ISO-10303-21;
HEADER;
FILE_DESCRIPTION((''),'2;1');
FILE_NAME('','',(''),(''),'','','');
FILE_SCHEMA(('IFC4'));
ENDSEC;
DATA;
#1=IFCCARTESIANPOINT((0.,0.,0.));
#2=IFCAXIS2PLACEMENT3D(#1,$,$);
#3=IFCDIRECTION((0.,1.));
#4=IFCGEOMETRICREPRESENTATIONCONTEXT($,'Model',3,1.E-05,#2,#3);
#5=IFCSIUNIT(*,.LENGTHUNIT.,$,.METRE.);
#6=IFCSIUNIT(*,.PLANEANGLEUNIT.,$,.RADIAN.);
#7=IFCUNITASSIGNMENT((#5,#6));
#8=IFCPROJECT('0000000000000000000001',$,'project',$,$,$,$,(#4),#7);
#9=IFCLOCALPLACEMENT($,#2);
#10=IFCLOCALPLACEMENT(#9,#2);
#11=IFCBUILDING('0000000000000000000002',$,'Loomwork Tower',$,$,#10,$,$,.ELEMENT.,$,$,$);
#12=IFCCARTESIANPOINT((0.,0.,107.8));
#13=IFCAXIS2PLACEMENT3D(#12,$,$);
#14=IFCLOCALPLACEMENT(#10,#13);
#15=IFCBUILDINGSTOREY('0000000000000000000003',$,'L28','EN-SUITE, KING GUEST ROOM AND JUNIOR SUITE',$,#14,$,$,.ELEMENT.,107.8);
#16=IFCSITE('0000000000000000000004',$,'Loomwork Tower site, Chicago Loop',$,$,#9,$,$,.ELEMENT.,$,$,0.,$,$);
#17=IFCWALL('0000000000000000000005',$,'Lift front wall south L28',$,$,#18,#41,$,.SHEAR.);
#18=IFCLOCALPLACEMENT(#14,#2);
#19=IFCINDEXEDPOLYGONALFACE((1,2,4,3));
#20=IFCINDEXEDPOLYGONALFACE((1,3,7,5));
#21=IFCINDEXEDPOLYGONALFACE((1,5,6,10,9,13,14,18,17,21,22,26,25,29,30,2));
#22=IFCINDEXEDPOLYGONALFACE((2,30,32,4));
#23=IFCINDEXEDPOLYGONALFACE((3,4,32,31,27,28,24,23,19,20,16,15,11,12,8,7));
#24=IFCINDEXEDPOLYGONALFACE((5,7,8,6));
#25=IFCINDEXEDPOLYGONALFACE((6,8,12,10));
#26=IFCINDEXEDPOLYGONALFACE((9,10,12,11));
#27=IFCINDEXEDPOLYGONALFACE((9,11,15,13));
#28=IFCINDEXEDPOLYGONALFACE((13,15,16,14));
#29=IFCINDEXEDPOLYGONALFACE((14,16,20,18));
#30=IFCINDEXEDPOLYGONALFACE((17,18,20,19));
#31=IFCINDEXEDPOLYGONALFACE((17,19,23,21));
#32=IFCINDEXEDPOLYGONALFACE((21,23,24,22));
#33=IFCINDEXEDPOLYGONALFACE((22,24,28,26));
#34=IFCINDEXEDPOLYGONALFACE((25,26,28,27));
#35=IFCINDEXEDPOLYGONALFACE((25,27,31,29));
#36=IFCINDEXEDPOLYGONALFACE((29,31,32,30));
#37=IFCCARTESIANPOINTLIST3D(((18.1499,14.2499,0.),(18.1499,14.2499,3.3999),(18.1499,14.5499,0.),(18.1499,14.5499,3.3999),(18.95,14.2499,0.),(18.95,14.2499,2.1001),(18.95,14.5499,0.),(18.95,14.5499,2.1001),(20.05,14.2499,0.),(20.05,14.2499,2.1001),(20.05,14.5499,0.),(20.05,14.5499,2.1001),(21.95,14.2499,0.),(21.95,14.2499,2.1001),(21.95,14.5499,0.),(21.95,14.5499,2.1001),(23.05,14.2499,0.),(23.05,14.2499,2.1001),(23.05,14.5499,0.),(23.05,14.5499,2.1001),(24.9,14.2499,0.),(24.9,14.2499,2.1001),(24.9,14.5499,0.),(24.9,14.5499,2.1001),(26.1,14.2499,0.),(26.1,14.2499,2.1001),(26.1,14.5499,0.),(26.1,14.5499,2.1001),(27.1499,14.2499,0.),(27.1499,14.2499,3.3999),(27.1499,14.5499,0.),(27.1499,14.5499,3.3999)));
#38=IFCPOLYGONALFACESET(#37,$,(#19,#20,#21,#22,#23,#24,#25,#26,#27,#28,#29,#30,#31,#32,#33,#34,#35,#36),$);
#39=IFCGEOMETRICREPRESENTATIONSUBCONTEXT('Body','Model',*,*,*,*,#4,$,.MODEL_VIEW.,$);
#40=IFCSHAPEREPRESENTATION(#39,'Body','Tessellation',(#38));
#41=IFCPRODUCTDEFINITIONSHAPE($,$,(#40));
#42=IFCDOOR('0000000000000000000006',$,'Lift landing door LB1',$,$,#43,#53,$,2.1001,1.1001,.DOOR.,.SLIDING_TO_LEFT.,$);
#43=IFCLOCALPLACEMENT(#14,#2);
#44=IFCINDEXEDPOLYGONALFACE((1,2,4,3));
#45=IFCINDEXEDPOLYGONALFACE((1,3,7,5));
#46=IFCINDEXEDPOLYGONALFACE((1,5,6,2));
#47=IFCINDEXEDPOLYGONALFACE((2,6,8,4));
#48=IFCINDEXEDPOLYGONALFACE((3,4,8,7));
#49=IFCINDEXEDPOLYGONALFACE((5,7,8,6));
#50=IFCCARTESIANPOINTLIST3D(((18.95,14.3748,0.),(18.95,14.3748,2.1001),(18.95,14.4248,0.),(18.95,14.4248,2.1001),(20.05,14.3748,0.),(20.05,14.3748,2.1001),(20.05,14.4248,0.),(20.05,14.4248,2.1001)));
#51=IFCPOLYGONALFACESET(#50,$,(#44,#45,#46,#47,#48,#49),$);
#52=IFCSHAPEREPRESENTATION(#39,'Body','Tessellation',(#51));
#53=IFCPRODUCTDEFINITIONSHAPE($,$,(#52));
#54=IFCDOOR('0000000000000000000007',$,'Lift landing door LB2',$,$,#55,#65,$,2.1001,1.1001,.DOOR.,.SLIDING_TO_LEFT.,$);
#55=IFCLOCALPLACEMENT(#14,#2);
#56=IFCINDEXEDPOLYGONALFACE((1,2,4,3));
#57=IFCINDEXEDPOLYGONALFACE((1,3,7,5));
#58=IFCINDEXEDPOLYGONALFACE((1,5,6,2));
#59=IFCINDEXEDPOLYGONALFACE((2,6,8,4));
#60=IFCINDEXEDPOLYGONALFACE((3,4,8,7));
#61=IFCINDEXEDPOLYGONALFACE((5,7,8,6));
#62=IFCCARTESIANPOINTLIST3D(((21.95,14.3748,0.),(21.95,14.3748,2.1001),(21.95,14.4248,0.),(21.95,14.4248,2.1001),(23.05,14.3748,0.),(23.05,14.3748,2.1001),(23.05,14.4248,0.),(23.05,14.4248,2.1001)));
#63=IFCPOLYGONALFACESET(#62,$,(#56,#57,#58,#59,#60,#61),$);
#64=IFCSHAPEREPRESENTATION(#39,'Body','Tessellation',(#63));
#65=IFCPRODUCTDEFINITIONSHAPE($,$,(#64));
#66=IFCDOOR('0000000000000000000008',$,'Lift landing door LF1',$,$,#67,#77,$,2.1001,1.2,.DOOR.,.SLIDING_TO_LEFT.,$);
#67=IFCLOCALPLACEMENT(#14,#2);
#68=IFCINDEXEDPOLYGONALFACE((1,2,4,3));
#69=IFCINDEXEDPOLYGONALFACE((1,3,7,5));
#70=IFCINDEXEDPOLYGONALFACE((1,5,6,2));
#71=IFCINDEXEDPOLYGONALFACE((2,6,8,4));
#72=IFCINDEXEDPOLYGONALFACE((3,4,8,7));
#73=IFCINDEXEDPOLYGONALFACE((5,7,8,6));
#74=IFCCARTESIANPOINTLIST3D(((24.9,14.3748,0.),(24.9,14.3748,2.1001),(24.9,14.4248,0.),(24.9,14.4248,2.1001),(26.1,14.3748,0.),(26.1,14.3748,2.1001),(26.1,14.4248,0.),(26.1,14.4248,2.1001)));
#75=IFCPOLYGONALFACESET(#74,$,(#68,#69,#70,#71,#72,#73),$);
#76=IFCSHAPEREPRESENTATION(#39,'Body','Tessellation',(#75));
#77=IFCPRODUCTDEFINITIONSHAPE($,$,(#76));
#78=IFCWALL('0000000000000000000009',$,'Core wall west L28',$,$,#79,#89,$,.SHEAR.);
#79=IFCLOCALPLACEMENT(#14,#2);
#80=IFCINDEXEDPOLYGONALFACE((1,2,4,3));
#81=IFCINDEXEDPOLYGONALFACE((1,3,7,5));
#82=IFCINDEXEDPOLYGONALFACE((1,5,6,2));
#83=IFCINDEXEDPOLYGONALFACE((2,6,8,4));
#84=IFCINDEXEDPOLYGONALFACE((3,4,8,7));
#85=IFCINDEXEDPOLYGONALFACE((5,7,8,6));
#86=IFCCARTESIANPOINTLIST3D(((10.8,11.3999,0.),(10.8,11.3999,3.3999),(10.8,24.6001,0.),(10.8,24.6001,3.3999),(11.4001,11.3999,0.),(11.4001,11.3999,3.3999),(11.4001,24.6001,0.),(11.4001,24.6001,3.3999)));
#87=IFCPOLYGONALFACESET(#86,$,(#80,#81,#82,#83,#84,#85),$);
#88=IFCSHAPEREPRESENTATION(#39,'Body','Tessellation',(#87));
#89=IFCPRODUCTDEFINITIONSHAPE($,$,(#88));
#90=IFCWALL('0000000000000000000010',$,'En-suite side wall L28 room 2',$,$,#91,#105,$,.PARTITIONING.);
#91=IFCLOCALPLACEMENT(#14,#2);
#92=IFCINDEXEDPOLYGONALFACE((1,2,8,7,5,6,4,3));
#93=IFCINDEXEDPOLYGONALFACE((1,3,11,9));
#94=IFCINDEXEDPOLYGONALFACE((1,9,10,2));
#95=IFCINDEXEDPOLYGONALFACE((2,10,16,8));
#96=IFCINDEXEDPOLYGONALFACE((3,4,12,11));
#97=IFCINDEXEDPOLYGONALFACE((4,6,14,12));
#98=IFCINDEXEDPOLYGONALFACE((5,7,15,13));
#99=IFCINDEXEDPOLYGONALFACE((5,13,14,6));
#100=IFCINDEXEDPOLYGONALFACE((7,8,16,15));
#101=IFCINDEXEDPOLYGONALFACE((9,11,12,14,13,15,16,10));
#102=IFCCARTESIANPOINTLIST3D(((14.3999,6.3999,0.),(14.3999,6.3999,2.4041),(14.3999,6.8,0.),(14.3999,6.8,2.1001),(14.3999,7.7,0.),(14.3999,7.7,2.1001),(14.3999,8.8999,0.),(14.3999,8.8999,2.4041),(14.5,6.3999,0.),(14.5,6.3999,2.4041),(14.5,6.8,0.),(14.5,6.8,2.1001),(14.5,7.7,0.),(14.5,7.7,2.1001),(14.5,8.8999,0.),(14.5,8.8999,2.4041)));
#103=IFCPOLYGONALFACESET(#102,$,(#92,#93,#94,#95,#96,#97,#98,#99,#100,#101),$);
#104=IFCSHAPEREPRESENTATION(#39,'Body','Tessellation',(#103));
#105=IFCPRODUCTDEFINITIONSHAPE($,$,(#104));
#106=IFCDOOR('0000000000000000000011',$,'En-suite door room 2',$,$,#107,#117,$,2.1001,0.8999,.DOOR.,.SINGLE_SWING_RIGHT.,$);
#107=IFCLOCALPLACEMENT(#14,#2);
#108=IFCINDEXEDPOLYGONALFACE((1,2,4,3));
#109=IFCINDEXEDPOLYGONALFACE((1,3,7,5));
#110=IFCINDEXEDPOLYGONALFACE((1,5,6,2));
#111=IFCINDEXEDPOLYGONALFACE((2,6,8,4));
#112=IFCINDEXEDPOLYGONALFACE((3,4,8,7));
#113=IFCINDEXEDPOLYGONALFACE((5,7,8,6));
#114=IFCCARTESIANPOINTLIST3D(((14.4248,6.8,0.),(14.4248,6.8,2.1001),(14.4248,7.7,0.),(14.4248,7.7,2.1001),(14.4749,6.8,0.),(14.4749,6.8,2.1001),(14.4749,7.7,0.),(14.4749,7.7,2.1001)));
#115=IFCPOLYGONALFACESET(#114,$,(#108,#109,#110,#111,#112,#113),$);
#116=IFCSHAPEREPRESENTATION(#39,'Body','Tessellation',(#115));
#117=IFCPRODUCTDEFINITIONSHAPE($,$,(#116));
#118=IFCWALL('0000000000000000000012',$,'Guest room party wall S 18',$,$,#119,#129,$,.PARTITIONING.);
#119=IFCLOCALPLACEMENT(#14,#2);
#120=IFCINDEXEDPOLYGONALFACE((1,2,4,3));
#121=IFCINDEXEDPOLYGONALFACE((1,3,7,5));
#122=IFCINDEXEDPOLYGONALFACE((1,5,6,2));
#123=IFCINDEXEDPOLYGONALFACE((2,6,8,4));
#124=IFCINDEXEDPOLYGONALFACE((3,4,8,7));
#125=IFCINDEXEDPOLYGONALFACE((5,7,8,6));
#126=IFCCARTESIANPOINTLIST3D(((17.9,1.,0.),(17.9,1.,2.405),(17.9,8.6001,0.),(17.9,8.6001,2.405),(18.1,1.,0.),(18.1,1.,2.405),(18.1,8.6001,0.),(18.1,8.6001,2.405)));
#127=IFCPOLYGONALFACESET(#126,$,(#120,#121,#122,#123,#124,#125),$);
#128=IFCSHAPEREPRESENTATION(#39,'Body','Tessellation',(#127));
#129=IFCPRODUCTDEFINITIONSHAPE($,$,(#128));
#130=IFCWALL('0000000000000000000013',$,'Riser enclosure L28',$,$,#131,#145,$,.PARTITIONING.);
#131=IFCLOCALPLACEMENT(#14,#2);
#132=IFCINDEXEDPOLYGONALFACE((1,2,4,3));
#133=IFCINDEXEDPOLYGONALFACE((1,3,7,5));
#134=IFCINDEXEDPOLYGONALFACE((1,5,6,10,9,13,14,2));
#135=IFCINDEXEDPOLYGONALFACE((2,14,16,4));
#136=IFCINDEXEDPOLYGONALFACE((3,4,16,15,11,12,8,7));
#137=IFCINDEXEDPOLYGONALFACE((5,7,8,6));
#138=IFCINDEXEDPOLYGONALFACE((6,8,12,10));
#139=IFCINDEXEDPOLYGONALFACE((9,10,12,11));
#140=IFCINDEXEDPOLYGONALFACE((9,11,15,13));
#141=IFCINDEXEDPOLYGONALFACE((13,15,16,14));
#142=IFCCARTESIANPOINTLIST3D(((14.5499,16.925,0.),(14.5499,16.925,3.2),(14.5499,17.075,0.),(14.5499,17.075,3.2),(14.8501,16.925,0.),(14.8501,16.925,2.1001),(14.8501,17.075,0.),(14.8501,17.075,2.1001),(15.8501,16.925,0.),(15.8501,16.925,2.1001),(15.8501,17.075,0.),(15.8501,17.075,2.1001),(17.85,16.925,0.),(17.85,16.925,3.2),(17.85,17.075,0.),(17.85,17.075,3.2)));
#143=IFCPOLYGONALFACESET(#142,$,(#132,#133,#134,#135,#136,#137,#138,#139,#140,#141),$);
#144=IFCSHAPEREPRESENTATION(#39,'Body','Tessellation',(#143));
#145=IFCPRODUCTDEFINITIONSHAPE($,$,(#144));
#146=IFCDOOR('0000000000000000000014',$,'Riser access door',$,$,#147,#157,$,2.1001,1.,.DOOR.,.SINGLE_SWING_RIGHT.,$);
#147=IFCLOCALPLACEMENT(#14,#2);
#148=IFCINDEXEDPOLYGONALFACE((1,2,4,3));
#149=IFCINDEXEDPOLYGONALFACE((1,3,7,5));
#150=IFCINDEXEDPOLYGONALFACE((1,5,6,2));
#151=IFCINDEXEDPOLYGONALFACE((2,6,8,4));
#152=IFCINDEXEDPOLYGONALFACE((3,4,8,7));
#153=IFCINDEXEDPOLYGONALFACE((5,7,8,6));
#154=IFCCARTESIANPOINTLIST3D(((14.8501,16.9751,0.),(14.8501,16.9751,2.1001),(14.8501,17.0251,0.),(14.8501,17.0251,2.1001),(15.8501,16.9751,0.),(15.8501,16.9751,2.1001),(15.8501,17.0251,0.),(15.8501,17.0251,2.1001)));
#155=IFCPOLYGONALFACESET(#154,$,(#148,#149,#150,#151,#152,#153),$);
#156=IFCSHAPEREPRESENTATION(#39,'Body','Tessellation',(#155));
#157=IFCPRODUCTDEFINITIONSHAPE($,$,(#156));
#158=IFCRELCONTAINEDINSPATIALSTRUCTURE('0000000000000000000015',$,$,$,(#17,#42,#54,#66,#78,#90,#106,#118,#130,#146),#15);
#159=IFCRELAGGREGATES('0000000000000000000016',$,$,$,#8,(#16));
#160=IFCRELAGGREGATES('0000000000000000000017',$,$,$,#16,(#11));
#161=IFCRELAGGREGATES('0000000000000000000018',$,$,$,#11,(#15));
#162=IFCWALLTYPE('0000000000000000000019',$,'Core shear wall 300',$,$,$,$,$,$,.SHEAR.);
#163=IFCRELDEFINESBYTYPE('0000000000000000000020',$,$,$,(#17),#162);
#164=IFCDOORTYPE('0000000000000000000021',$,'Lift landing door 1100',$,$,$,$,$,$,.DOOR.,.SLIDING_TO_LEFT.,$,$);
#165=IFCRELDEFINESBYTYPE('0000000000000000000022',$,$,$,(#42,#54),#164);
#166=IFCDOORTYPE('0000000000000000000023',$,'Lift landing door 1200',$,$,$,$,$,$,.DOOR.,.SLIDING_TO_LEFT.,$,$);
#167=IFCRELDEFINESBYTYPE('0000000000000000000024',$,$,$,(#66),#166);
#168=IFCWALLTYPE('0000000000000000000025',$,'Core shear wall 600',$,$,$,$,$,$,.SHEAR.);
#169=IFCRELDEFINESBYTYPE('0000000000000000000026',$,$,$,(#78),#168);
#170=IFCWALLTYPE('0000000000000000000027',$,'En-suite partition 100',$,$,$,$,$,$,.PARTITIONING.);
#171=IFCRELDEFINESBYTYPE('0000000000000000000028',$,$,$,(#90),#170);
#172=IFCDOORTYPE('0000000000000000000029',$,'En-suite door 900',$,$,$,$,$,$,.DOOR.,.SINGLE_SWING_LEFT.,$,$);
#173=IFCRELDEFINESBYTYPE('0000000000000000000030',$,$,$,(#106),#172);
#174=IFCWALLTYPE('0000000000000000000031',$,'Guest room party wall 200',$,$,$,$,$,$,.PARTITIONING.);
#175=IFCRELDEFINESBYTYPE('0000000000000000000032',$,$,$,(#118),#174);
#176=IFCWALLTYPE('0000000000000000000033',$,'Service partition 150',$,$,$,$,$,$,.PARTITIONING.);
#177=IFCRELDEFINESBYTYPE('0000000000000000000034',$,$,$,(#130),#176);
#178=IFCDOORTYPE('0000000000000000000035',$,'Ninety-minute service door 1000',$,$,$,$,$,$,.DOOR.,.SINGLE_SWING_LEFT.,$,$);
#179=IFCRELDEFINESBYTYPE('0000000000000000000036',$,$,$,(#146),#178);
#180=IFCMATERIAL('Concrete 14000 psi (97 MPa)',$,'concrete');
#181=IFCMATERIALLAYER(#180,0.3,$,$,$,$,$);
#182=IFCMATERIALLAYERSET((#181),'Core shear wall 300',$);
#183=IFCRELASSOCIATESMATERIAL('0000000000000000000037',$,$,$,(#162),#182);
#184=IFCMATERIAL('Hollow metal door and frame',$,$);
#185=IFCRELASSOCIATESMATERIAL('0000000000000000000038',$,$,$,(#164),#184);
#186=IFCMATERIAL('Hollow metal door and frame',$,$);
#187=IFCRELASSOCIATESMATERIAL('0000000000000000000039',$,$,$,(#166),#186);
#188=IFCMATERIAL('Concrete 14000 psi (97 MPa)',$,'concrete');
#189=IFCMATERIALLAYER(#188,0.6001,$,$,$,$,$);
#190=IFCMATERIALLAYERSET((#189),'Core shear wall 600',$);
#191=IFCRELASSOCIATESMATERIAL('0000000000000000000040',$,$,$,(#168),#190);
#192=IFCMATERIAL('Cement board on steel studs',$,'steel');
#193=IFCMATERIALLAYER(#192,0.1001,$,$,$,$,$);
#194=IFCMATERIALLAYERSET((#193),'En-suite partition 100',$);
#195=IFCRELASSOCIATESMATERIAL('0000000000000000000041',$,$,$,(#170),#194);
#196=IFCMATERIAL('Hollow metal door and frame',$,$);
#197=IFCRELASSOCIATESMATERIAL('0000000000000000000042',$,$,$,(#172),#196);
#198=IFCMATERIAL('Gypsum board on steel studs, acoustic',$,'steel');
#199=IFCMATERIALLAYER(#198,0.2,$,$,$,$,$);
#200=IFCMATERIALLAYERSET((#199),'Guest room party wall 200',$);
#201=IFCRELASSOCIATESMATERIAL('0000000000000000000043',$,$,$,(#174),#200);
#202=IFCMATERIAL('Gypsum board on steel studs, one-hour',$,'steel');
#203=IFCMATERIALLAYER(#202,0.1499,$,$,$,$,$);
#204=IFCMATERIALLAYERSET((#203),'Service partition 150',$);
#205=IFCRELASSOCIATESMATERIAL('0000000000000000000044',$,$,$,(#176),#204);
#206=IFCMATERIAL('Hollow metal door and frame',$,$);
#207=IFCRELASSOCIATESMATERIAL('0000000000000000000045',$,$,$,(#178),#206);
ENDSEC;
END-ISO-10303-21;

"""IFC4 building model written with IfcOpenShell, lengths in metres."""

from ifc_helpers import new_model, si_unit, direction, frame, frame_2d, origin, place, context, subcontext, project, spatial, rectangle, extrude, material, layer, layer_set, type_object, element, fill, save


model = new_model("IFC4")

# Units and contexts
model_context = context("Model", 3, precision=1e-05, world=origin(), true_north=direction((0.0, 1.0)))
body_context = subcontext(model_context, "Body", "Model", "MODEL_VIEW")
ifc_project = project(units=[si_unit("LENGTHUNIT", "METRE"), si_unit("PLANEANGLEUNIT", "RADIAN")], contexts=[model_context])

# Site, building, storey
site_placement = place(None, origin())
site = spatial("IfcSite", under=ifc_project, at=site_placement, Name="Loomwork Tower site, Chicago Loop", CompositionType="ELEMENT", RefElevation=0.0)
building_placement = place(site_placement, origin())
building = spatial("IfcBuilding", under=site, at=building_placement, Name="Loomwork Tower", CompositionType="ELEMENT")
storey_placement = place(building_placement, frame((0.0, 0.0, 107.8)))
storey = spatial("IfcBuildingStorey", under=building, at=storey_placement, Name="L28", Description="EN-SUITE, KING GUEST ROOM AND JUNIOR SUITE", CompositionType="ELEMENT", Elevation=107.8)

# Shared definitions
ifc_material_1 = material(Name="Concrete 14000 psi (97 MPa)", Category="concrete")
ifc_layer_1 = layer(ifc_material_1, 0.3)
ifc_layer_set_1 = layer_set([ifc_layer_1], Name="Core shear wall 300")
wall_type_1 = type_object("IfcWallType", Name="Core shear wall 300", PredefinedType="SHEAR", material=ifc_layer_set_1)

# Wall, openings, doors
wall_1_placement = place(storey_placement, frame((18.1499, 14.3999, 0.0), z_axis=(0.0, 0.0, 1.0), x_axis=(1.0, 0.0, 0.0)))
wall_1 = element("IfcWall", 1, at=wall_1_placement, inside=storey, type_object=wall_type_1, Name="Lift front wall south L28", PredefinedType="SHEAR", context=body_context, shape_type="SweptSolid", body=[
    extrude(rectangle(XDim=9.0, YDim=0.3, at=frame_2d((4.5, 0.0))), origin(), (0.0, 0.0, 1.0), 3.3999),
])
opening_1_placement = place(wall_1_placement, frame((0.8, 0.0, 0.0)))
opening_1 = element("IfcOpeningElement", 2, at=opening_1_placement, cuts=wall_1, PredefinedType="OPENING", context=body_context, shape_type="SweptSolid", body=[
    extrude(rectangle(XDim=1.1001, YDim=2.1001, at=frame_2d((0.55, 1.05))), frame((0.0, 0.1599, 0.0), z_axis=(0.0, -1.0, 0.0), x_axis=(1.0, 0.0, 0.0)), (0.0, 0.0, 1.0), 0.3201),
])
opening_2_placement = place(wall_1_placement, frame((3.8, 0.0, 0.0)))
opening_2 = element("IfcOpeningElement", 3, at=opening_2_placement, cuts=wall_1, PredefinedType="OPENING", context=body_context, shape_type="SweptSolid", body=[
    extrude(rectangle(XDim=1.1001, YDim=2.1001, at=frame_2d((0.55, 1.05))), frame((0.0, 0.1599, 0.0), z_axis=(0.0, -1.0, 0.0), x_axis=(1.0, 0.0, 0.0)), (0.0, 0.0, 1.0), 0.3201),
])
opening_3_placement = place(wall_1_placement, frame((6.75, 0.0, 0.0)))
opening_3 = element("IfcOpeningElement", 4, at=opening_3_placement, cuts=wall_1, PredefinedType="OPENING", context=body_context, shape_type="SweptSolid", body=[
    extrude(rectangle(XDim=1.2, YDim=2.1001, at=frame_2d((0.6001, 1.05))), frame((0.0, 0.1599, 0.0), z_axis=(0.0, -1.0, 0.0), x_axis=(1.0, 0.0, 0.0)), (0.0, 0.0, 1.0), 0.3201),
])
ifc_material_2 = material(Name="Hollow metal door and frame")
door_type_1 = type_object("IfcDoorType", Name="Lift landing door 1100", OperationType="SLIDING_TO_LEFT", PredefinedType="DOOR", material=ifc_material_2)
door_1_placement = place(opening_1_placement, origin())
door_1 = element("IfcDoor", 5, at=door_1_placement, inside=storey, type_object=door_type_1, Name="Lift landing door LB1", OperationType="SLIDING_TO_LEFT", OverallHeight=2.1001, OverallWidth=1.1001, PredefinedType="DOOR", context=body_context, shape_type="SweptSolid", body=[
    extrude(rectangle(XDim=1.1001, YDim=2.1001, at=frame_2d((0.55, 1.05))), frame((0.0, 0.0249, 0.0), z_axis=(0.0, -1.0, 0.0), x_axis=(1.0, 0.0, 0.0)), (0.0, 0.0, 1.0), 0.05),
])
fill(opening_1, door_1)
door_2_placement = place(opening_2_placement, origin())
door_2 = element("IfcDoor", 6, at=door_2_placement, inside=storey, type_object=door_type_1, Name="Lift landing door LB2", OperationType="SLIDING_TO_LEFT", OverallHeight=2.1001, OverallWidth=1.1001, PredefinedType="DOOR", context=body_context, shape_type="SweptSolid", body=[
    extrude(rectangle(XDim=1.1001, YDim=2.1001, at=frame_2d((0.55, 1.05))), frame((0.0, 0.0249, 0.0), z_axis=(0.0, -1.0, 0.0), x_axis=(1.0, 0.0, 0.0)), (0.0, 0.0, 1.0), 0.05),
])
fill(opening_2, door_2)
ifc_material_3 = material(Name="Hollow metal door and frame")
door_type_2 = type_object("IfcDoorType", Name="Lift landing door 1200", OperationType="SLIDING_TO_LEFT", PredefinedType="DOOR", material=ifc_material_3)
door_3_placement = place(opening_3_placement, origin())
door_3 = element("IfcDoor", 7, at=door_3_placement, inside=storey, type_object=door_type_2, Name="Lift landing door LF1", OperationType="SLIDING_TO_LEFT", OverallHeight=2.1001, OverallWidth=1.2, PredefinedType="DOOR", context=body_context, shape_type="SweptSolid", body=[
    extrude(rectangle(XDim=1.2, YDim=2.1001, at=frame_2d((0.6001, 1.05))), frame((0.0, 0.0249, 0.0), z_axis=(0.0, -1.0, 0.0), x_axis=(1.0, 0.0, 0.0)), (0.0, 0.0, 1.0), 0.05),
])
fill(opening_3, door_3)

# Wall
ifc_material_4 = material(Name="Concrete 14000 psi (97 MPa)", Category="concrete")
ifc_layer_2 = layer(ifc_material_4, 0.6001)
ifc_layer_set_2 = layer_set([ifc_layer_2], Name="Core shear wall 600")
wall_type_2 = type_object("IfcWallType", Name="Core shear wall 600", PredefinedType="SHEAR", material=ifc_layer_set_2)
wall_2_placement = place(storey_placement, frame((11.1001, 11.3999, 0.0), z_axis=(0.0, 0.0, 1.0), x_axis=(0.0, 1.0, 0.0)))
element("IfcWall", 8, at=wall_2_placement, inside=storey, type_object=wall_type_2, Name="Core wall west L28", PredefinedType="SHEAR", context=body_context, shape_type="SweptSolid", body=[
    extrude(rectangle(XDim=13.2002, YDim=0.6001, at=frame_2d((6.6001, 0.0))), origin(), (0.0, 0.0, 1.0), 3.3999),
])

# Wall, opening, door
ifc_material_5 = material(Name="Cement board on steel studs", Category="steel")
ifc_layer_3 = layer(ifc_material_5, 0.1001)
ifc_layer_set_3 = layer_set([ifc_layer_3], Name="En-suite partition 100")
wall_type_3 = type_object("IfcWallType", Name="En-suite partition 100", PredefinedType="PARTITIONING", material=ifc_layer_set_3)
wall_3_placement = place(storey_placement, frame((14.45, 8.8999, 0.0), z_axis=(0.0, 0.0, 1.0), x_axis=(0.0, -1.0, 0.0)))
wall_3 = element("IfcWall", 9, at=wall_3_placement, inside=storey, type_object=wall_type_3, Name="En-suite side wall L28 room 2", PredefinedType="PARTITIONING", context=body_context, shape_type="SweptSolid", body=[
    extrude(rectangle(XDim=2.5, YDim=0.1001, at=frame_2d((1.25, 0.0))), origin(), (0.0, 0.0, 1.0), 2.4041),
])
opening_4_placement = place(wall_3_placement, frame((1.2, 0.0, 0.0)))
opening_4 = element("IfcOpeningElement", 10, at=opening_4_placement, cuts=wall_3, PredefinedType="OPENING", context=body_context, shape_type="SweptSolid", body=[
    extrude(rectangle(XDim=0.8999, YDim=2.1001, at=frame_2d((0.45, 1.05))), frame((0.0, 0.0601, 0.0), z_axis=(0.0, -1.0, 0.0), x_axis=(1.0, 0.0, 0.0)), (0.0, 0.0, 1.0), 0.1201),
])
ifc_material_6 = material(Name="Hollow metal door and frame")
door_type_3 = type_object("IfcDoorType", Name="En-suite door 900", OperationType="SINGLE_SWING_LEFT", PredefinedType="DOOR", material=ifc_material_6)
door_4_placement = place(opening_4_placement, origin())
door_4 = element("IfcDoor", 11, at=door_4_placement, inside=storey, type_object=door_type_3, Name="En-suite door room 2", OperationType="SINGLE_SWING_RIGHT", OverallHeight=2.1001, OverallWidth=0.8999, PredefinedType="DOOR", context=body_context, shape_type="SweptSolid", body=[
    extrude(rectangle(XDim=0.8999, YDim=2.1001, at=frame_2d((0.45, 1.05))), frame((0.0, 0.0249, 0.0), z_axis=(0.0, -1.0, 0.0), x_axis=(1.0, 0.0, 0.0)), (0.0, 0.0, 1.0), 0.05),
])
fill(opening_4, door_4)

# Wall
ifc_material_7 = material(Name="Gypsum board on steel studs, acoustic", Category="steel")
ifc_layer_4 = layer(ifc_material_7, 0.2)
ifc_layer_set_4 = layer_set([ifc_layer_4], Name="Guest room party wall 200")
wall_type_4 = type_object("IfcWallType", Name="Guest room party wall 200", PredefinedType="PARTITIONING", material=ifc_layer_set_4)
wall_4_placement = place(storey_placement, frame((18.0, 8.6001, 0.0), z_axis=(0.0, 0.0, 1.0), x_axis=(0.0, -1.0, 0.0)))
element("IfcWall", 12, at=wall_4_placement, inside=storey, type_object=wall_type_4, Name="Guest room party wall S 18", PredefinedType="PARTITIONING", context=body_context, shape_type="SweptSolid", body=[
    extrude(rectangle(XDim=7.6001, YDim=0.2, at=frame_2d((3.8, 0.0))), origin(), (0.0, 0.0, 1.0), 2.405),
])

# Wall, opening, door
ifc_material_8 = material(Name="Gypsum board on steel studs, one-hour", Category="steel")
ifc_layer_5 = layer(ifc_material_8, 0.1499)
ifc_layer_set_5 = layer_set([ifc_layer_5], Name="Service partition 150")
wall_type_5 = type_object("IfcWallType", Name="Service partition 150", PredefinedType="PARTITIONING", material=ifc_layer_set_5)
wall_5_placement = place(storey_placement, frame((14.55, 17.0, 0.0), z_axis=(0.0, 0.0, 1.0), x_axis=(1.0, 0.0, 0.0)))
wall_5 = element("IfcWall", 13, at=wall_5_placement, inside=storey, type_object=wall_type_5, Name="Riser enclosure L28", PredefinedType="PARTITIONING", context=body_context, shape_type="SweptSolid", body=[
    extrude(rectangle(XDim=3.3, YDim=0.1499, at=frame_2d((1.6499, 0.0))), origin(), (0.0, 0.0, 1.0), 3.2),
])
opening_5_placement = place(wall_5_placement, frame((0.3, 0.0, 0.0)))
opening_5 = element("IfcOpeningElement", 14, at=opening_5_placement, cuts=wall_5, PredefinedType="OPENING", context=body_context, shape_type="SweptSolid", body=[
    extrude(rectangle(XDim=1.0, YDim=2.1001, at=frame_2d((0.5, 1.05))), frame((0.0, 0.085, 0.0), z_axis=(0.0, -1.0, 0.0), x_axis=(1.0, 0.0, 0.0)), (0.0, 0.0, 1.0), 0.1699),
])
ifc_material_9 = material(Name="Hollow metal door and frame")
door_type_4 = type_object("IfcDoorType", Name="Ninety-minute service door 1000", OperationType="SINGLE_SWING_LEFT", PredefinedType="DOOR", material=ifc_material_9)
door_5_placement = place(opening_5_placement, frame((1.0, 0.0, 0.0), z_axis=(0.0, 0.0, 1.0), x_axis=(-1.0, 0.0, 0.0)))
door_5 = element("IfcDoor", 15, at=door_5_placement, inside=storey, type_object=door_type_4, Name="Riser access door", OperationType="SINGLE_SWING_RIGHT", OverallHeight=2.1001, OverallWidth=1.0, PredefinedType="DOOR", context=body_context, shape_type="SweptSolid", body=[
    extrude(rectangle(XDim=1.0, YDim=2.1001, at=frame_2d((0.5, 1.05))), frame((0.0, 0.0249, 0.0), z_axis=(0.0, -1.0, 0.0), x_axis=(1.0, 0.0, 0.0)), (0.0, 0.0, 1.0), 0.05),
])
fill(opening_5, door_5)

save(model, "model.ifc")
